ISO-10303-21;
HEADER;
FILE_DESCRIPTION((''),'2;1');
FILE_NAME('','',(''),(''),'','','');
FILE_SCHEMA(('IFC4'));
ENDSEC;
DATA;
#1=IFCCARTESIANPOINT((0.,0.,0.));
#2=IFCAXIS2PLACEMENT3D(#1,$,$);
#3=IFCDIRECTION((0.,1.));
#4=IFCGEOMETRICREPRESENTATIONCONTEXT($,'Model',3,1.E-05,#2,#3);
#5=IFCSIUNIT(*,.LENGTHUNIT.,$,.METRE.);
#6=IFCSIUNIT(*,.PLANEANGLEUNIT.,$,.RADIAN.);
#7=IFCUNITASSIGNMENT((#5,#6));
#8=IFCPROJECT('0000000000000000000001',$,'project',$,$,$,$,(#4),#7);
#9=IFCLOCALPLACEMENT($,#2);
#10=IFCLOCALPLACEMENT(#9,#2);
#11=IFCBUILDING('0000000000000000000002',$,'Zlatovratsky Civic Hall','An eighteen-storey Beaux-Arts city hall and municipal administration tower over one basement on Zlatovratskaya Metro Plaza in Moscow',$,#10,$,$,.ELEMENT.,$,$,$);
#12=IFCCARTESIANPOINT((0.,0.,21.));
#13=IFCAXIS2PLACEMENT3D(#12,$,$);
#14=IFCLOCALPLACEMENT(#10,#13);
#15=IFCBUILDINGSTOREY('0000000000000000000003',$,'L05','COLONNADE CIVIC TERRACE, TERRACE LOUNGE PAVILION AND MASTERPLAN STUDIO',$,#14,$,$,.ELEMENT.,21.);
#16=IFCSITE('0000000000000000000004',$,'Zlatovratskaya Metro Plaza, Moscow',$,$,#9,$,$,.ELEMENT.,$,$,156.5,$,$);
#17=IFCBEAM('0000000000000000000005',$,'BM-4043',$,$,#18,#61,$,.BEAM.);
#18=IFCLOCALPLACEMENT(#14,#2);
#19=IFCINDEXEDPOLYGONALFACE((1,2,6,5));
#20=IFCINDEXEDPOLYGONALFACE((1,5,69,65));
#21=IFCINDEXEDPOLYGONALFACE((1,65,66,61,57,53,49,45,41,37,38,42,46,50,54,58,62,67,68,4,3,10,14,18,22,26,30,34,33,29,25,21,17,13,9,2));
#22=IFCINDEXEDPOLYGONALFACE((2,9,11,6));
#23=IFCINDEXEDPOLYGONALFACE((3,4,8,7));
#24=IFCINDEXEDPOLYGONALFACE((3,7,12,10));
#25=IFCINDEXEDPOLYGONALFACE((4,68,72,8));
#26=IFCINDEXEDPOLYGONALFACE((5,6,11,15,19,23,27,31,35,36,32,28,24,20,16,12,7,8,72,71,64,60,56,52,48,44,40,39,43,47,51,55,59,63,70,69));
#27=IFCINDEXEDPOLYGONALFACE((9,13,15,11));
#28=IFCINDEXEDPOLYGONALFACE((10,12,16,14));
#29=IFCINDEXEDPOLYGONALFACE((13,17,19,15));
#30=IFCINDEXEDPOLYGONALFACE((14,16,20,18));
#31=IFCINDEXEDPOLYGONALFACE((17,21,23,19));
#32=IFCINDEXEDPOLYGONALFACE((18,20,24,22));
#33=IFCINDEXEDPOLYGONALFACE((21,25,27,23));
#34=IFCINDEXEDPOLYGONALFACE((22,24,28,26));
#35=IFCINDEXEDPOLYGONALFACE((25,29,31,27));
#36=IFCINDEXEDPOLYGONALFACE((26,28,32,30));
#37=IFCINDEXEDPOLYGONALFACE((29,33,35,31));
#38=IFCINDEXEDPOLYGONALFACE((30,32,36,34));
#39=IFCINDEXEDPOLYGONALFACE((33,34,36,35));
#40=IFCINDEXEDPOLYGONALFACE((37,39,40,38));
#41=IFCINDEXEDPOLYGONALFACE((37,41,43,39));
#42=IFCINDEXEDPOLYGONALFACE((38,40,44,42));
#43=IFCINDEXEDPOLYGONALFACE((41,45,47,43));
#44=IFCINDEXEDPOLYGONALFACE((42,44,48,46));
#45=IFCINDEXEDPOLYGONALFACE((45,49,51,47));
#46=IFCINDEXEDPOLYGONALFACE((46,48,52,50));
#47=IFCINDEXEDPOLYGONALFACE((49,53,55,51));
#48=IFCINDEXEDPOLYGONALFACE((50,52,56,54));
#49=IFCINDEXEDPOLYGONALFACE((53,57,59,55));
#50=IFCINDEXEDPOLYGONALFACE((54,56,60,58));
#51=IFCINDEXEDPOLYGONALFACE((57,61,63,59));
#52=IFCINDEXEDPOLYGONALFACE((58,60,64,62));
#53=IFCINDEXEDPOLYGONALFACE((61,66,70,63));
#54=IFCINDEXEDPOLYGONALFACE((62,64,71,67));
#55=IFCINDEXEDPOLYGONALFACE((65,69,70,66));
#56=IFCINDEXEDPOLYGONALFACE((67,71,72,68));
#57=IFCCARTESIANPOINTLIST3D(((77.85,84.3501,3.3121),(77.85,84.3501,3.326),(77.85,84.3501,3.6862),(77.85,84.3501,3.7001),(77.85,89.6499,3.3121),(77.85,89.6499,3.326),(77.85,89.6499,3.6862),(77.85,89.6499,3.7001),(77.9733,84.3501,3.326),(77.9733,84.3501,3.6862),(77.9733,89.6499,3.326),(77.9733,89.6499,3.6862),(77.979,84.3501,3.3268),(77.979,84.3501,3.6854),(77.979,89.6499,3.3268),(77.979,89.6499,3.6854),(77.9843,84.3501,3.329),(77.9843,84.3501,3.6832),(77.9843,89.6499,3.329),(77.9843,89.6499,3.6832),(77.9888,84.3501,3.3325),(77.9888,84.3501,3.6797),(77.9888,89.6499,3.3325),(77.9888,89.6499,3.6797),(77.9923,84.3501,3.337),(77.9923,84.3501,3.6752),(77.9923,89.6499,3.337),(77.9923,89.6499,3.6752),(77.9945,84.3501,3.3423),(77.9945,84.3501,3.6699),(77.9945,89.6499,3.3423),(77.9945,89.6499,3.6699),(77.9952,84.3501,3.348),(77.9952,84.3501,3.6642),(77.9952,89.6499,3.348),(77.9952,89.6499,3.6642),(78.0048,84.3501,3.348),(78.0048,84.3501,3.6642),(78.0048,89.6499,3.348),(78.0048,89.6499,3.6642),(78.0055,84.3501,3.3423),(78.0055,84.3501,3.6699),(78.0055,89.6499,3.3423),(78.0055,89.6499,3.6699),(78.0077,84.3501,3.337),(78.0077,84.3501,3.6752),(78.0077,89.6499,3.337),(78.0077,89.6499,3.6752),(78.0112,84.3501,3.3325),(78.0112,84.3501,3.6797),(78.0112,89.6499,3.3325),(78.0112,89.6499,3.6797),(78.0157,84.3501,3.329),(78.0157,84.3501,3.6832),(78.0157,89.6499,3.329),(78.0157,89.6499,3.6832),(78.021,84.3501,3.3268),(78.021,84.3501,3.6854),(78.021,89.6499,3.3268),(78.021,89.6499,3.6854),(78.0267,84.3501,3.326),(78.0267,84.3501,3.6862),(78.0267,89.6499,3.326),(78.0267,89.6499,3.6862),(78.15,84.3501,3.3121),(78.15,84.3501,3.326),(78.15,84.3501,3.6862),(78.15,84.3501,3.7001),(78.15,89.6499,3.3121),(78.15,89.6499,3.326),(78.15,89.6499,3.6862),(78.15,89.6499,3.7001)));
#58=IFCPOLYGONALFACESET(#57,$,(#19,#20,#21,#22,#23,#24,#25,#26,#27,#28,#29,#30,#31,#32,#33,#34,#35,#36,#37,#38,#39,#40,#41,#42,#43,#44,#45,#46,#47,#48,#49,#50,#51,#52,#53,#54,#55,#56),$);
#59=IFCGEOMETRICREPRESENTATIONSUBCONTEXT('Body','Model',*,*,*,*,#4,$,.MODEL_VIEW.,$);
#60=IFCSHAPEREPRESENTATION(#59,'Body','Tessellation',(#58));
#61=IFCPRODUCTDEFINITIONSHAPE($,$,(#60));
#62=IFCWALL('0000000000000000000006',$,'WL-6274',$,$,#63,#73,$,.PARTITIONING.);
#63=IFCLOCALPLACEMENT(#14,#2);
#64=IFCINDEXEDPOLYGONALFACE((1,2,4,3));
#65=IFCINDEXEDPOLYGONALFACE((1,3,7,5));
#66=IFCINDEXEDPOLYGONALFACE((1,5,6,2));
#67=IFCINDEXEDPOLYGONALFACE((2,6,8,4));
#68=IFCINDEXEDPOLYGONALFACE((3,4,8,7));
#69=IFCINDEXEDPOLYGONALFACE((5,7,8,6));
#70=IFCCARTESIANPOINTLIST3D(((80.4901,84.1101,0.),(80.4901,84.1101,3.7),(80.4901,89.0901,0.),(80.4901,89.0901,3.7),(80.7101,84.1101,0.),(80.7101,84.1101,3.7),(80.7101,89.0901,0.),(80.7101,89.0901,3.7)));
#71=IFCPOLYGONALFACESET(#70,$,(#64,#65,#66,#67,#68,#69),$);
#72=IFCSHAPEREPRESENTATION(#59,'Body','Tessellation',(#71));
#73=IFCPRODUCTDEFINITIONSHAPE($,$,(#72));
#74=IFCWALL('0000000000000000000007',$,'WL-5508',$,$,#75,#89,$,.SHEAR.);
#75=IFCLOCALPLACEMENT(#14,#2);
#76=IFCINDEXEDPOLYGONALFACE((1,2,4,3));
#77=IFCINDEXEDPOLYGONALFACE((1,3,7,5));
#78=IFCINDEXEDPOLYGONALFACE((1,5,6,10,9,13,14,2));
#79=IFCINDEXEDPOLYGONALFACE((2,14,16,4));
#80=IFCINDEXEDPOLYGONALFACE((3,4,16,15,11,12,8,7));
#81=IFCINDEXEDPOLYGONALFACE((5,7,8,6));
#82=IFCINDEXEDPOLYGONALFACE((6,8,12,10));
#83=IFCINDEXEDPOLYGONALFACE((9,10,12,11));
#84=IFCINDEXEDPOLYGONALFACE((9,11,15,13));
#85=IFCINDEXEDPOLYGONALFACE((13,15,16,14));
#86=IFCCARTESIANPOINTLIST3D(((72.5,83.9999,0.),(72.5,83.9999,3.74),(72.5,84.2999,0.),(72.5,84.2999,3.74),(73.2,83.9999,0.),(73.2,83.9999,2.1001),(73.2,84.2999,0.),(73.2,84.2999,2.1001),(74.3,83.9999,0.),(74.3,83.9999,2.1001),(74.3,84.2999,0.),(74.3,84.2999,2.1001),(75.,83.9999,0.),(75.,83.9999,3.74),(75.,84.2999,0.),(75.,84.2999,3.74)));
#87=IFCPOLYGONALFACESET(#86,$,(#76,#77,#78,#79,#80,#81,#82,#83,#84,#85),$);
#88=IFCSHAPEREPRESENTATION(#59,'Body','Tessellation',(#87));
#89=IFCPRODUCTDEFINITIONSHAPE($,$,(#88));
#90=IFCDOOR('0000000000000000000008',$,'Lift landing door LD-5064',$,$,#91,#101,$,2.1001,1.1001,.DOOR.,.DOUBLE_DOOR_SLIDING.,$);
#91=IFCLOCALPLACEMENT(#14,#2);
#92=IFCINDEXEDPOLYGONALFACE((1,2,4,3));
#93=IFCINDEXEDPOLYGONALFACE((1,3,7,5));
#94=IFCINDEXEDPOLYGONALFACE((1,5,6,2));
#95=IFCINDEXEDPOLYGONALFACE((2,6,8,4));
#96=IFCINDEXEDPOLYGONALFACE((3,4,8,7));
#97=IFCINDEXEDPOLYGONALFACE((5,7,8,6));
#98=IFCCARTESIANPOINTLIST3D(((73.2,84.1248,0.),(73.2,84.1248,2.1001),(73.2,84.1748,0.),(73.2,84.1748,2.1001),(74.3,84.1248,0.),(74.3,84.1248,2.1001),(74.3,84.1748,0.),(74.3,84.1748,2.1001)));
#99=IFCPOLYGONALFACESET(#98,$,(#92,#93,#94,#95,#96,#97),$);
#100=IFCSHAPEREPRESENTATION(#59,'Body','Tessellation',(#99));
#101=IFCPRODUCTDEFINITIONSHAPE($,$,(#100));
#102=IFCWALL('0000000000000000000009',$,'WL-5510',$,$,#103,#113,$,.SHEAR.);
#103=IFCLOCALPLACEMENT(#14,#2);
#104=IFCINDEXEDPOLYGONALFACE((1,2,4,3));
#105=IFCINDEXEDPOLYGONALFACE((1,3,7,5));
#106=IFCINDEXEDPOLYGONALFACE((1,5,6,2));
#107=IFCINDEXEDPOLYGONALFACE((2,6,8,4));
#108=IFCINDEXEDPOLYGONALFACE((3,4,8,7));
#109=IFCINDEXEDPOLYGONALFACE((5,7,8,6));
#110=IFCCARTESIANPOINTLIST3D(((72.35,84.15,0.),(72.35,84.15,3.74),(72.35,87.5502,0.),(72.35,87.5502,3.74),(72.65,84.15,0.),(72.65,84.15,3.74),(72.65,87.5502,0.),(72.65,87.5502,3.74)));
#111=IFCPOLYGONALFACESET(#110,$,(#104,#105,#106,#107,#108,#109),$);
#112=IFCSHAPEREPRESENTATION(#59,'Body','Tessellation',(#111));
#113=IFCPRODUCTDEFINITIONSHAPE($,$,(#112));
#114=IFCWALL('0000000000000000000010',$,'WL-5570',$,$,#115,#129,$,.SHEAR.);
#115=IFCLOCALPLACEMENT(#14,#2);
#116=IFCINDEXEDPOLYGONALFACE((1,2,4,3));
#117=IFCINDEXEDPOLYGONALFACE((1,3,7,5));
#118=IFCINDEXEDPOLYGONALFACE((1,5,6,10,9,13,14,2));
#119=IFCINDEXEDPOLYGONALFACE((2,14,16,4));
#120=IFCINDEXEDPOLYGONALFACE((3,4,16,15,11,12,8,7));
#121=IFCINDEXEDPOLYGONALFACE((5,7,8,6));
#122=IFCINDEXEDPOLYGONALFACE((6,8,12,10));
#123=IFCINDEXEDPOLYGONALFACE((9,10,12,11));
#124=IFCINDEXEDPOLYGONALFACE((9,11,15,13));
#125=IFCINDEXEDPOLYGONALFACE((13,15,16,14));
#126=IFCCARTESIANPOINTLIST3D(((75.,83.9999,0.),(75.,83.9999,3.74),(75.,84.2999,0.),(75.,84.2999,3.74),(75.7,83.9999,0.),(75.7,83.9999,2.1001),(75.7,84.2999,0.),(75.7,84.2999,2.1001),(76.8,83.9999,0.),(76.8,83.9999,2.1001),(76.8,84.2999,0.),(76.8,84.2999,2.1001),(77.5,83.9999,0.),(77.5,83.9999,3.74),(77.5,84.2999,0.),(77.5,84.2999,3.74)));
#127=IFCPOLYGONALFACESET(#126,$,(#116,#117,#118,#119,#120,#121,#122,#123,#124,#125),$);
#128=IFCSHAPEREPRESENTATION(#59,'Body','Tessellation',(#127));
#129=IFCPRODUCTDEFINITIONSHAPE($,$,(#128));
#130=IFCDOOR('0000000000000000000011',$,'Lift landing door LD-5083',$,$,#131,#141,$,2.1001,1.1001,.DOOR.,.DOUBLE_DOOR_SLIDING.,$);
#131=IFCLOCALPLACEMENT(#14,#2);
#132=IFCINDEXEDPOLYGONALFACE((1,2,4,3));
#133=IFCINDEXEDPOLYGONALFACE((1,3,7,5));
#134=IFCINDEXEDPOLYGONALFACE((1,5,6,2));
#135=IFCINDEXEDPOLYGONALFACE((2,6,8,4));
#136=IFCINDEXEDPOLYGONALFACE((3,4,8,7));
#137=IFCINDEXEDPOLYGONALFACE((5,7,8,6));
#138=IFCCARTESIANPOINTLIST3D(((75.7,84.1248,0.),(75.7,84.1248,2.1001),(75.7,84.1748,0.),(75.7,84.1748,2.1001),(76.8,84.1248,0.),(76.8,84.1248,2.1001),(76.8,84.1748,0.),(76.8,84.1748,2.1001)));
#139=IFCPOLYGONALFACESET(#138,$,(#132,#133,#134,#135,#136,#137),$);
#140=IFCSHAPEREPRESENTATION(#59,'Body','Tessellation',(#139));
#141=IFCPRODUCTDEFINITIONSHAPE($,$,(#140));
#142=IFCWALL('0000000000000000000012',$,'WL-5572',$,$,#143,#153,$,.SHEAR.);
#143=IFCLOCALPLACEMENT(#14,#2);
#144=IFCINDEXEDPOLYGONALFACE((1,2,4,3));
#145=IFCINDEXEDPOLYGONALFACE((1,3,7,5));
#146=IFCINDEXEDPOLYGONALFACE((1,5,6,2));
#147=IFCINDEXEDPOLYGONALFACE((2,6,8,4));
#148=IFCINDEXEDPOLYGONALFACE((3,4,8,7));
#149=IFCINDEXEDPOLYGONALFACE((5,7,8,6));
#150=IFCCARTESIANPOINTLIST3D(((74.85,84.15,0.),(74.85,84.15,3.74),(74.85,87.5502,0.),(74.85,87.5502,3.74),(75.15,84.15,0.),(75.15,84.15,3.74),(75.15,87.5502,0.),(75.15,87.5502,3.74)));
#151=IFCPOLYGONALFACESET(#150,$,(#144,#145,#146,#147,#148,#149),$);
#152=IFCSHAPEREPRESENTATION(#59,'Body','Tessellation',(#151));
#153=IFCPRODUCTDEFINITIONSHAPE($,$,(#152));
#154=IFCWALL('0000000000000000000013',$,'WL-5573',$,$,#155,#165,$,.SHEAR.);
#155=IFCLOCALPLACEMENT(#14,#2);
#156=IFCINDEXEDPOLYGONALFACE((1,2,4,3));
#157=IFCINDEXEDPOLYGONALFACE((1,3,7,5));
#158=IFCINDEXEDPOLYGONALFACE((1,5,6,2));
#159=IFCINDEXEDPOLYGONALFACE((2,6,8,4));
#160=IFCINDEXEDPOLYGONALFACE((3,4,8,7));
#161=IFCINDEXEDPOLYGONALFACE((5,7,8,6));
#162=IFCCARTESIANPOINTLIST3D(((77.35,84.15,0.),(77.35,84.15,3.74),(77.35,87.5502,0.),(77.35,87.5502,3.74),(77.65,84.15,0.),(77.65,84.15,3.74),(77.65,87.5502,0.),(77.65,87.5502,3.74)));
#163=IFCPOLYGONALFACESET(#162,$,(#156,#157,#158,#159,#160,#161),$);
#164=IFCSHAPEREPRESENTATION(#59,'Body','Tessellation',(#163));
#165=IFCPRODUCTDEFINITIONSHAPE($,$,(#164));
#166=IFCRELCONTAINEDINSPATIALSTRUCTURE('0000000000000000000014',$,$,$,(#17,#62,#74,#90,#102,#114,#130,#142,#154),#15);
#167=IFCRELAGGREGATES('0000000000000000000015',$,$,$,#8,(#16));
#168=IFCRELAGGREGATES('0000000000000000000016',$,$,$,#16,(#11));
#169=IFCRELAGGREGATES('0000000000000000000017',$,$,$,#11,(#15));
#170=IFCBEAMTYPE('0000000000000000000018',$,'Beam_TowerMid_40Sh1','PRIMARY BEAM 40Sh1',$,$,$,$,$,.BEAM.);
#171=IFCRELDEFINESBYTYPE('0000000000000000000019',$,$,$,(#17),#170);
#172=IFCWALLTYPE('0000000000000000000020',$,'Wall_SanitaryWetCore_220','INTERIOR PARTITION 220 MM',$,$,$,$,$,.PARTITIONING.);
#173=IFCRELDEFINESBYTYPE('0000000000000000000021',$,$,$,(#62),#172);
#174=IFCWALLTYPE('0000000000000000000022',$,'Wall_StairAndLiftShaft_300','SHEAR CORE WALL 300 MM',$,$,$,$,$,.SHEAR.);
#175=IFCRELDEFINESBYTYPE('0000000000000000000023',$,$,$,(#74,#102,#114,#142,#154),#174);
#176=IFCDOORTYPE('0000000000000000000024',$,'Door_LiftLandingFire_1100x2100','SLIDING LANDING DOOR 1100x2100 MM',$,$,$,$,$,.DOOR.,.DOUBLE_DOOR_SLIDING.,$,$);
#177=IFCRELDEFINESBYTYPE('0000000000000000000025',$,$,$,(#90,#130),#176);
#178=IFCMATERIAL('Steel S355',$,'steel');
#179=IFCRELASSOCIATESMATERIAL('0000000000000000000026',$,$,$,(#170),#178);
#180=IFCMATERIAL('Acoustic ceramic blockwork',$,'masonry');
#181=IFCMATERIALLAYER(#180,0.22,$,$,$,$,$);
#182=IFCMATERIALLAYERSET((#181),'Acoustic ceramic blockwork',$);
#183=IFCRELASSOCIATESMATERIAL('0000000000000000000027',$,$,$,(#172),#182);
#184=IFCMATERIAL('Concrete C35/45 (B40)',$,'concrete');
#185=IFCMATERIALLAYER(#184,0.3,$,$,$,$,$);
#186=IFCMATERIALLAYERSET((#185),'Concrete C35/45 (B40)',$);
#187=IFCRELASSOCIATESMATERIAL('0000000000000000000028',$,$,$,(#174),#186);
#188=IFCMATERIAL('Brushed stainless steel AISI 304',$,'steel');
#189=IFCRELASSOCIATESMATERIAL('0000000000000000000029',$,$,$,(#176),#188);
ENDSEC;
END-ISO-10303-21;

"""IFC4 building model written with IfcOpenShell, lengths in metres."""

from ifc_helpers import new_model, si_unit, direction, frame, frame_2d, origin, origin_2d, place, context, subcontext, project, spatial, rectangle, i_section, extrude, material, layer, layer_set, material_profile, profile_set, type_object, element, fill, save


model = new_model("IFC4")

# Units and contexts
model_context = context("Model", 3, precision=1e-05, world=origin(), true_north=direction((0.0, 1.0)))
body_context = subcontext(model_context, "Body", "Model", "MODEL_VIEW")
ifc_project = project(units=[si_unit("LENGTHUNIT", "METRE"), si_unit("PLANEANGLEUNIT", "RADIAN")], contexts=[model_context])

# Site, building, storey
site_placement = place(None, origin())
site = spatial("IfcSite", under=ifc_project, at=site_placement, Name="Zlatovratskaya Metro Plaza, Moscow", CompositionType="ELEMENT", RefElevation=156.5)
building_placement = place(site_placement, origin())
building = spatial("IfcBuilding", under=site, at=building_placement, Name="Zlatovratsky Civic Hall", Description="An eighteen-storey Beaux-Arts city hall and municipal administration tower over one basement on Zlatovratskaya Metro Plaza in Moscow", CompositionType="ELEMENT")
storey_placement = place(building_placement, frame((0.0, 0.0, 21.0)))
storey = spatial("IfcBuildingStorey", under=building, at=storey_placement, Name="L05", Description="COLONNADE CIVIC TERRACE, TERRACE LOUNGE PAVILION AND MASTERPLAN STUDIO", CompositionType="ELEMENT", Elevation=21.0)

# Shared definitions
ifc_material_1 = material(Name="Concrete C35/45 (B40)", Category="concrete")
ifc_material_2 = material(Name="Steel S355", Category="steel")

# Beam
ifc_material_profile_1 = material_profile(ifc_material_2, i_section(OverallWidth=0.3, OverallDepth=0.3879, WebThickness=0.0095, FlangeThickness=0.0139, FilletRadius=0.022, at=origin_2d()), Name="40Sh1")
ifc_profile_set_1 = profile_set([ifc_material_profile_1], Name="Steel S355")
beam_type = type_object("IfcBeamType", Name="Beam_TowerMid_40Sh1", Description="PRIMARY BEAM 40Sh1", PredefinedType="BEAM", material=ifc_profile_set_1)
beam_placement = place(storey_placement, frame((78.0, 84.3501, 3.5061), z_axis=(0.0, 1.0, 0.0), x_axis=(-1.0, 0.0, 0.0)))
element("IfcBeam", 1, at=beam_placement, inside=storey, type_object=beam_type, Name="BM-4043", PredefinedType="BEAM", context=body_context, shape_type="SweptSolid", body=[
    extrude(i_section(OverallWidth=0.3, OverallDepth=0.3879, WebThickness=0.0095, FlangeThickness=0.0139, FilletRadius=0.022, at=origin_2d()), origin(), (0.0, 0.0, 1.0), 5.2998),
])

# Shared definitions
ifc_material_3 = material(Name="Acoustic ceramic blockwork", Category="masonry")
ifc_layer_1 = layer(ifc_material_3, 0.22)
ifc_layer_set_1 = layer_set([ifc_layer_1], Name="Acoustic ceramic blockwork")
wall_type_1 = type_object("IfcWallType", Name="Wall_SanitaryWetCore_220", Description="INTERIOR PARTITION 220 MM", PredefinedType="PARTITIONING", material=ifc_layer_set_1)

# Wall
wall_1_placement = place(storey_placement, frame((80.6001, 84.1101, 0.0), z_axis=(0.0, 0.0, 1.0), x_axis=(0.0, 1.0, 0.0)))
element("IfcWall", 2, at=wall_1_placement, inside=storey, type_object=wall_type_1, Name="WL-6274", PredefinedType="PARTITIONING", context=body_context, shape_type="SweptSolid", body=[
    extrude(rectangle(XDim=4.98, YDim=0.22, at=frame_2d((2.49, 0.0))), origin(), (0.0, 0.0, 1.0), 3.7),
])

# Wall, opening, door
ifc_layer_2 = layer(ifc_material_1, 0.3)
ifc_layer_set_2 = layer_set([ifc_layer_2], Name="Concrete C35/45 (B40)")
wall_type_2 = type_object("IfcWallType", Name="Wall_StairAndLiftShaft_300", Description="SHEAR CORE WALL 300 MM", PredefinedType="SHEAR", material=ifc_layer_set_2)
wall_2_placement = place(storey_placement, frame((72.5, 84.1499, 0.0), z_axis=(0.0, 0.0, 1.0), x_axis=(1.0, 0.0, 0.0)))
wall_2 = element("IfcWall", 3, at=wall_2_placement, inside=storey, type_object=wall_type_2, Name="WL-5508", PredefinedType="SHEAR", context=body_context, shape_type="SweptSolid", body=[
    extrude(rectangle(XDim=2.5, YDim=0.3, at=frame_2d((1.25, 0.0))), origin(), (0.0, 0.0, 1.0), 3.74),
])
opening_1_placement = place(wall_2_placement, frame((0.7, 0.0, 0.0)))
opening_1 = element("IfcOpeningElement", 4, at=opening_1_placement, cuts=wall_2, PredefinedType="OPENING", context=body_context, shape_type="SweptSolid", body=[
    extrude(rectangle(XDim=1.1001, YDim=2.1001, at=frame_2d((0.55, 1.05))), frame((0.0, 0.165, 0.0), z_axis=(0.0, -1.0, 0.0), x_axis=(1.0, 0.0, 0.0)), (0.0, 0.0, 1.0), 0.3298),
])
ifc_material_4 = material(Name="Brushed stainless steel AISI 304", Category="steel")
door_type_1 = type_object("IfcDoorType", Name="Door_LiftLandingFire_1100x2100", Description="SLIDING LANDING DOOR 1100x2100 MM", OperationType="DOUBLE_DOOR_SLIDING", PredefinedType="DOOR", material=ifc_material_4)
door_1_placement = place(opening_1_placement, origin())
door_1 = element("IfcDoor", 5, at=door_1_placement, inside=storey, type_object=door_type_1, Name="Lift landing door LD-5064", OperationType="DOUBLE_DOOR_SLIDING", OverallHeight=2.1001, OverallWidth=1.1001, PredefinedType="DOOR", context=body_context, shape_type="SweptSolid", body=[
    extrude(rectangle(XDim=1.1001, YDim=2.1001, at=frame_2d((0.55, 1.05))), frame((0.0, 0.0249, 0.0), z_axis=(0.0, -1.0, 0.0), x_axis=(1.0, 0.0, 0.0)), (0.0, 0.0, 1.0), 0.05),
])
fill(opening_1, door_1)

# Wall
wall_3_placement = place(storey_placement, frame((72.5, 84.1499, 0.0), z_axis=(0.0, 0.0, 1.0), x_axis=(0.0, 1.0, 0.0)))
element("IfcWall", 6, at=wall_3_placement, inside=storey, type_object=wall_type_2, Name="WL-5510", PredefinedType="SHEAR", context=body_context, shape_type="SweptSolid", body=[
    extrude(rectangle(XDim=3.4001, YDim=0.3, at=frame_2d((1.7002, 0.0))), origin(), (0.0, 0.0, 1.0), 3.74),
])

# Wall, opening, door
wall_4_placement = place(storey_placement, frame((75.0, 84.1499, 0.0), z_axis=(0.0, 0.0, 1.0), x_axis=(1.0, 0.0, 0.0)))
wall_4 = element("IfcWall", 7, at=wall_4_placement, inside=storey, type_object=wall_type_2, Name="WL-5570", PredefinedType="SHEAR", context=body_context, shape_type="SweptSolid", body=[
    extrude(rectangle(XDim=2.5, YDim=0.3, at=frame_2d((1.25, 0.0))), origin(), (0.0, 0.0, 1.0), 3.74),
])
opening_2_placement = place(wall_4_placement, frame((0.7, 0.0, 0.0)))
opening_2 = element("IfcOpeningElement", 8, at=opening_2_placement, cuts=wall_4, PredefinedType="OPENING", context=body_context, shape_type="SweptSolid", body=[
    extrude(rectangle(XDim=1.1001, YDim=2.1001, at=frame_2d((0.55, 1.05))), frame((0.0, 0.165, 0.0), z_axis=(0.0, -1.0, 0.0), x_axis=(1.0, 0.0, 0.0)), (0.0, 0.0, 1.0), 0.3298),
])
door_2_placement = place(opening_2_placement, origin())
door_2 = element("IfcDoor", 9, at=door_2_placement, inside=storey, type_object=door_type_1, Name="Lift landing door LD-5083", OperationType="DOUBLE_DOOR_SLIDING", OverallHeight=2.1001, OverallWidth=1.1001, PredefinedType="DOOR", context=body_context, shape_type="SweptSolid", body=[
    extrude(rectangle(XDim=1.1001, YDim=2.1001, at=frame_2d((0.55, 1.05))), frame((0.0, 0.0249, 0.0), z_axis=(0.0, -1.0, 0.0), x_axis=(1.0, 0.0, 0.0)), (0.0, 0.0, 1.0), 0.05),
])
fill(opening_2, door_2)

# Walls
for number, where, z_axis, x_axis, name in (
    (10, (75.0, 84.1499, 0.0), (0.0, 0.0, 1.0), (0.0, 1.0, 0.0), "WL-5572"),
    (11, (77.5, 84.1499, 0.0), (0.0, 0.0, 1.0), (0.0, 1.0, 0.0), "WL-5573"),
):
    element("IfcWall", number, at=place(storey_placement, frame(where, z_axis=z_axis, x_axis=x_axis)), inside=storey, type_object=wall_type_2, Name=name, PredefinedType="SHEAR", context=body_context, shape_type="SweptSolid", body=[
        extrude(rectangle(XDim=3.4001, YDim=0.3, at=frame_2d((1.7002, 0.0))), origin(), (0.0, 0.0, 1.0), 3.74),
    ])

save(model, "model.ifc")
